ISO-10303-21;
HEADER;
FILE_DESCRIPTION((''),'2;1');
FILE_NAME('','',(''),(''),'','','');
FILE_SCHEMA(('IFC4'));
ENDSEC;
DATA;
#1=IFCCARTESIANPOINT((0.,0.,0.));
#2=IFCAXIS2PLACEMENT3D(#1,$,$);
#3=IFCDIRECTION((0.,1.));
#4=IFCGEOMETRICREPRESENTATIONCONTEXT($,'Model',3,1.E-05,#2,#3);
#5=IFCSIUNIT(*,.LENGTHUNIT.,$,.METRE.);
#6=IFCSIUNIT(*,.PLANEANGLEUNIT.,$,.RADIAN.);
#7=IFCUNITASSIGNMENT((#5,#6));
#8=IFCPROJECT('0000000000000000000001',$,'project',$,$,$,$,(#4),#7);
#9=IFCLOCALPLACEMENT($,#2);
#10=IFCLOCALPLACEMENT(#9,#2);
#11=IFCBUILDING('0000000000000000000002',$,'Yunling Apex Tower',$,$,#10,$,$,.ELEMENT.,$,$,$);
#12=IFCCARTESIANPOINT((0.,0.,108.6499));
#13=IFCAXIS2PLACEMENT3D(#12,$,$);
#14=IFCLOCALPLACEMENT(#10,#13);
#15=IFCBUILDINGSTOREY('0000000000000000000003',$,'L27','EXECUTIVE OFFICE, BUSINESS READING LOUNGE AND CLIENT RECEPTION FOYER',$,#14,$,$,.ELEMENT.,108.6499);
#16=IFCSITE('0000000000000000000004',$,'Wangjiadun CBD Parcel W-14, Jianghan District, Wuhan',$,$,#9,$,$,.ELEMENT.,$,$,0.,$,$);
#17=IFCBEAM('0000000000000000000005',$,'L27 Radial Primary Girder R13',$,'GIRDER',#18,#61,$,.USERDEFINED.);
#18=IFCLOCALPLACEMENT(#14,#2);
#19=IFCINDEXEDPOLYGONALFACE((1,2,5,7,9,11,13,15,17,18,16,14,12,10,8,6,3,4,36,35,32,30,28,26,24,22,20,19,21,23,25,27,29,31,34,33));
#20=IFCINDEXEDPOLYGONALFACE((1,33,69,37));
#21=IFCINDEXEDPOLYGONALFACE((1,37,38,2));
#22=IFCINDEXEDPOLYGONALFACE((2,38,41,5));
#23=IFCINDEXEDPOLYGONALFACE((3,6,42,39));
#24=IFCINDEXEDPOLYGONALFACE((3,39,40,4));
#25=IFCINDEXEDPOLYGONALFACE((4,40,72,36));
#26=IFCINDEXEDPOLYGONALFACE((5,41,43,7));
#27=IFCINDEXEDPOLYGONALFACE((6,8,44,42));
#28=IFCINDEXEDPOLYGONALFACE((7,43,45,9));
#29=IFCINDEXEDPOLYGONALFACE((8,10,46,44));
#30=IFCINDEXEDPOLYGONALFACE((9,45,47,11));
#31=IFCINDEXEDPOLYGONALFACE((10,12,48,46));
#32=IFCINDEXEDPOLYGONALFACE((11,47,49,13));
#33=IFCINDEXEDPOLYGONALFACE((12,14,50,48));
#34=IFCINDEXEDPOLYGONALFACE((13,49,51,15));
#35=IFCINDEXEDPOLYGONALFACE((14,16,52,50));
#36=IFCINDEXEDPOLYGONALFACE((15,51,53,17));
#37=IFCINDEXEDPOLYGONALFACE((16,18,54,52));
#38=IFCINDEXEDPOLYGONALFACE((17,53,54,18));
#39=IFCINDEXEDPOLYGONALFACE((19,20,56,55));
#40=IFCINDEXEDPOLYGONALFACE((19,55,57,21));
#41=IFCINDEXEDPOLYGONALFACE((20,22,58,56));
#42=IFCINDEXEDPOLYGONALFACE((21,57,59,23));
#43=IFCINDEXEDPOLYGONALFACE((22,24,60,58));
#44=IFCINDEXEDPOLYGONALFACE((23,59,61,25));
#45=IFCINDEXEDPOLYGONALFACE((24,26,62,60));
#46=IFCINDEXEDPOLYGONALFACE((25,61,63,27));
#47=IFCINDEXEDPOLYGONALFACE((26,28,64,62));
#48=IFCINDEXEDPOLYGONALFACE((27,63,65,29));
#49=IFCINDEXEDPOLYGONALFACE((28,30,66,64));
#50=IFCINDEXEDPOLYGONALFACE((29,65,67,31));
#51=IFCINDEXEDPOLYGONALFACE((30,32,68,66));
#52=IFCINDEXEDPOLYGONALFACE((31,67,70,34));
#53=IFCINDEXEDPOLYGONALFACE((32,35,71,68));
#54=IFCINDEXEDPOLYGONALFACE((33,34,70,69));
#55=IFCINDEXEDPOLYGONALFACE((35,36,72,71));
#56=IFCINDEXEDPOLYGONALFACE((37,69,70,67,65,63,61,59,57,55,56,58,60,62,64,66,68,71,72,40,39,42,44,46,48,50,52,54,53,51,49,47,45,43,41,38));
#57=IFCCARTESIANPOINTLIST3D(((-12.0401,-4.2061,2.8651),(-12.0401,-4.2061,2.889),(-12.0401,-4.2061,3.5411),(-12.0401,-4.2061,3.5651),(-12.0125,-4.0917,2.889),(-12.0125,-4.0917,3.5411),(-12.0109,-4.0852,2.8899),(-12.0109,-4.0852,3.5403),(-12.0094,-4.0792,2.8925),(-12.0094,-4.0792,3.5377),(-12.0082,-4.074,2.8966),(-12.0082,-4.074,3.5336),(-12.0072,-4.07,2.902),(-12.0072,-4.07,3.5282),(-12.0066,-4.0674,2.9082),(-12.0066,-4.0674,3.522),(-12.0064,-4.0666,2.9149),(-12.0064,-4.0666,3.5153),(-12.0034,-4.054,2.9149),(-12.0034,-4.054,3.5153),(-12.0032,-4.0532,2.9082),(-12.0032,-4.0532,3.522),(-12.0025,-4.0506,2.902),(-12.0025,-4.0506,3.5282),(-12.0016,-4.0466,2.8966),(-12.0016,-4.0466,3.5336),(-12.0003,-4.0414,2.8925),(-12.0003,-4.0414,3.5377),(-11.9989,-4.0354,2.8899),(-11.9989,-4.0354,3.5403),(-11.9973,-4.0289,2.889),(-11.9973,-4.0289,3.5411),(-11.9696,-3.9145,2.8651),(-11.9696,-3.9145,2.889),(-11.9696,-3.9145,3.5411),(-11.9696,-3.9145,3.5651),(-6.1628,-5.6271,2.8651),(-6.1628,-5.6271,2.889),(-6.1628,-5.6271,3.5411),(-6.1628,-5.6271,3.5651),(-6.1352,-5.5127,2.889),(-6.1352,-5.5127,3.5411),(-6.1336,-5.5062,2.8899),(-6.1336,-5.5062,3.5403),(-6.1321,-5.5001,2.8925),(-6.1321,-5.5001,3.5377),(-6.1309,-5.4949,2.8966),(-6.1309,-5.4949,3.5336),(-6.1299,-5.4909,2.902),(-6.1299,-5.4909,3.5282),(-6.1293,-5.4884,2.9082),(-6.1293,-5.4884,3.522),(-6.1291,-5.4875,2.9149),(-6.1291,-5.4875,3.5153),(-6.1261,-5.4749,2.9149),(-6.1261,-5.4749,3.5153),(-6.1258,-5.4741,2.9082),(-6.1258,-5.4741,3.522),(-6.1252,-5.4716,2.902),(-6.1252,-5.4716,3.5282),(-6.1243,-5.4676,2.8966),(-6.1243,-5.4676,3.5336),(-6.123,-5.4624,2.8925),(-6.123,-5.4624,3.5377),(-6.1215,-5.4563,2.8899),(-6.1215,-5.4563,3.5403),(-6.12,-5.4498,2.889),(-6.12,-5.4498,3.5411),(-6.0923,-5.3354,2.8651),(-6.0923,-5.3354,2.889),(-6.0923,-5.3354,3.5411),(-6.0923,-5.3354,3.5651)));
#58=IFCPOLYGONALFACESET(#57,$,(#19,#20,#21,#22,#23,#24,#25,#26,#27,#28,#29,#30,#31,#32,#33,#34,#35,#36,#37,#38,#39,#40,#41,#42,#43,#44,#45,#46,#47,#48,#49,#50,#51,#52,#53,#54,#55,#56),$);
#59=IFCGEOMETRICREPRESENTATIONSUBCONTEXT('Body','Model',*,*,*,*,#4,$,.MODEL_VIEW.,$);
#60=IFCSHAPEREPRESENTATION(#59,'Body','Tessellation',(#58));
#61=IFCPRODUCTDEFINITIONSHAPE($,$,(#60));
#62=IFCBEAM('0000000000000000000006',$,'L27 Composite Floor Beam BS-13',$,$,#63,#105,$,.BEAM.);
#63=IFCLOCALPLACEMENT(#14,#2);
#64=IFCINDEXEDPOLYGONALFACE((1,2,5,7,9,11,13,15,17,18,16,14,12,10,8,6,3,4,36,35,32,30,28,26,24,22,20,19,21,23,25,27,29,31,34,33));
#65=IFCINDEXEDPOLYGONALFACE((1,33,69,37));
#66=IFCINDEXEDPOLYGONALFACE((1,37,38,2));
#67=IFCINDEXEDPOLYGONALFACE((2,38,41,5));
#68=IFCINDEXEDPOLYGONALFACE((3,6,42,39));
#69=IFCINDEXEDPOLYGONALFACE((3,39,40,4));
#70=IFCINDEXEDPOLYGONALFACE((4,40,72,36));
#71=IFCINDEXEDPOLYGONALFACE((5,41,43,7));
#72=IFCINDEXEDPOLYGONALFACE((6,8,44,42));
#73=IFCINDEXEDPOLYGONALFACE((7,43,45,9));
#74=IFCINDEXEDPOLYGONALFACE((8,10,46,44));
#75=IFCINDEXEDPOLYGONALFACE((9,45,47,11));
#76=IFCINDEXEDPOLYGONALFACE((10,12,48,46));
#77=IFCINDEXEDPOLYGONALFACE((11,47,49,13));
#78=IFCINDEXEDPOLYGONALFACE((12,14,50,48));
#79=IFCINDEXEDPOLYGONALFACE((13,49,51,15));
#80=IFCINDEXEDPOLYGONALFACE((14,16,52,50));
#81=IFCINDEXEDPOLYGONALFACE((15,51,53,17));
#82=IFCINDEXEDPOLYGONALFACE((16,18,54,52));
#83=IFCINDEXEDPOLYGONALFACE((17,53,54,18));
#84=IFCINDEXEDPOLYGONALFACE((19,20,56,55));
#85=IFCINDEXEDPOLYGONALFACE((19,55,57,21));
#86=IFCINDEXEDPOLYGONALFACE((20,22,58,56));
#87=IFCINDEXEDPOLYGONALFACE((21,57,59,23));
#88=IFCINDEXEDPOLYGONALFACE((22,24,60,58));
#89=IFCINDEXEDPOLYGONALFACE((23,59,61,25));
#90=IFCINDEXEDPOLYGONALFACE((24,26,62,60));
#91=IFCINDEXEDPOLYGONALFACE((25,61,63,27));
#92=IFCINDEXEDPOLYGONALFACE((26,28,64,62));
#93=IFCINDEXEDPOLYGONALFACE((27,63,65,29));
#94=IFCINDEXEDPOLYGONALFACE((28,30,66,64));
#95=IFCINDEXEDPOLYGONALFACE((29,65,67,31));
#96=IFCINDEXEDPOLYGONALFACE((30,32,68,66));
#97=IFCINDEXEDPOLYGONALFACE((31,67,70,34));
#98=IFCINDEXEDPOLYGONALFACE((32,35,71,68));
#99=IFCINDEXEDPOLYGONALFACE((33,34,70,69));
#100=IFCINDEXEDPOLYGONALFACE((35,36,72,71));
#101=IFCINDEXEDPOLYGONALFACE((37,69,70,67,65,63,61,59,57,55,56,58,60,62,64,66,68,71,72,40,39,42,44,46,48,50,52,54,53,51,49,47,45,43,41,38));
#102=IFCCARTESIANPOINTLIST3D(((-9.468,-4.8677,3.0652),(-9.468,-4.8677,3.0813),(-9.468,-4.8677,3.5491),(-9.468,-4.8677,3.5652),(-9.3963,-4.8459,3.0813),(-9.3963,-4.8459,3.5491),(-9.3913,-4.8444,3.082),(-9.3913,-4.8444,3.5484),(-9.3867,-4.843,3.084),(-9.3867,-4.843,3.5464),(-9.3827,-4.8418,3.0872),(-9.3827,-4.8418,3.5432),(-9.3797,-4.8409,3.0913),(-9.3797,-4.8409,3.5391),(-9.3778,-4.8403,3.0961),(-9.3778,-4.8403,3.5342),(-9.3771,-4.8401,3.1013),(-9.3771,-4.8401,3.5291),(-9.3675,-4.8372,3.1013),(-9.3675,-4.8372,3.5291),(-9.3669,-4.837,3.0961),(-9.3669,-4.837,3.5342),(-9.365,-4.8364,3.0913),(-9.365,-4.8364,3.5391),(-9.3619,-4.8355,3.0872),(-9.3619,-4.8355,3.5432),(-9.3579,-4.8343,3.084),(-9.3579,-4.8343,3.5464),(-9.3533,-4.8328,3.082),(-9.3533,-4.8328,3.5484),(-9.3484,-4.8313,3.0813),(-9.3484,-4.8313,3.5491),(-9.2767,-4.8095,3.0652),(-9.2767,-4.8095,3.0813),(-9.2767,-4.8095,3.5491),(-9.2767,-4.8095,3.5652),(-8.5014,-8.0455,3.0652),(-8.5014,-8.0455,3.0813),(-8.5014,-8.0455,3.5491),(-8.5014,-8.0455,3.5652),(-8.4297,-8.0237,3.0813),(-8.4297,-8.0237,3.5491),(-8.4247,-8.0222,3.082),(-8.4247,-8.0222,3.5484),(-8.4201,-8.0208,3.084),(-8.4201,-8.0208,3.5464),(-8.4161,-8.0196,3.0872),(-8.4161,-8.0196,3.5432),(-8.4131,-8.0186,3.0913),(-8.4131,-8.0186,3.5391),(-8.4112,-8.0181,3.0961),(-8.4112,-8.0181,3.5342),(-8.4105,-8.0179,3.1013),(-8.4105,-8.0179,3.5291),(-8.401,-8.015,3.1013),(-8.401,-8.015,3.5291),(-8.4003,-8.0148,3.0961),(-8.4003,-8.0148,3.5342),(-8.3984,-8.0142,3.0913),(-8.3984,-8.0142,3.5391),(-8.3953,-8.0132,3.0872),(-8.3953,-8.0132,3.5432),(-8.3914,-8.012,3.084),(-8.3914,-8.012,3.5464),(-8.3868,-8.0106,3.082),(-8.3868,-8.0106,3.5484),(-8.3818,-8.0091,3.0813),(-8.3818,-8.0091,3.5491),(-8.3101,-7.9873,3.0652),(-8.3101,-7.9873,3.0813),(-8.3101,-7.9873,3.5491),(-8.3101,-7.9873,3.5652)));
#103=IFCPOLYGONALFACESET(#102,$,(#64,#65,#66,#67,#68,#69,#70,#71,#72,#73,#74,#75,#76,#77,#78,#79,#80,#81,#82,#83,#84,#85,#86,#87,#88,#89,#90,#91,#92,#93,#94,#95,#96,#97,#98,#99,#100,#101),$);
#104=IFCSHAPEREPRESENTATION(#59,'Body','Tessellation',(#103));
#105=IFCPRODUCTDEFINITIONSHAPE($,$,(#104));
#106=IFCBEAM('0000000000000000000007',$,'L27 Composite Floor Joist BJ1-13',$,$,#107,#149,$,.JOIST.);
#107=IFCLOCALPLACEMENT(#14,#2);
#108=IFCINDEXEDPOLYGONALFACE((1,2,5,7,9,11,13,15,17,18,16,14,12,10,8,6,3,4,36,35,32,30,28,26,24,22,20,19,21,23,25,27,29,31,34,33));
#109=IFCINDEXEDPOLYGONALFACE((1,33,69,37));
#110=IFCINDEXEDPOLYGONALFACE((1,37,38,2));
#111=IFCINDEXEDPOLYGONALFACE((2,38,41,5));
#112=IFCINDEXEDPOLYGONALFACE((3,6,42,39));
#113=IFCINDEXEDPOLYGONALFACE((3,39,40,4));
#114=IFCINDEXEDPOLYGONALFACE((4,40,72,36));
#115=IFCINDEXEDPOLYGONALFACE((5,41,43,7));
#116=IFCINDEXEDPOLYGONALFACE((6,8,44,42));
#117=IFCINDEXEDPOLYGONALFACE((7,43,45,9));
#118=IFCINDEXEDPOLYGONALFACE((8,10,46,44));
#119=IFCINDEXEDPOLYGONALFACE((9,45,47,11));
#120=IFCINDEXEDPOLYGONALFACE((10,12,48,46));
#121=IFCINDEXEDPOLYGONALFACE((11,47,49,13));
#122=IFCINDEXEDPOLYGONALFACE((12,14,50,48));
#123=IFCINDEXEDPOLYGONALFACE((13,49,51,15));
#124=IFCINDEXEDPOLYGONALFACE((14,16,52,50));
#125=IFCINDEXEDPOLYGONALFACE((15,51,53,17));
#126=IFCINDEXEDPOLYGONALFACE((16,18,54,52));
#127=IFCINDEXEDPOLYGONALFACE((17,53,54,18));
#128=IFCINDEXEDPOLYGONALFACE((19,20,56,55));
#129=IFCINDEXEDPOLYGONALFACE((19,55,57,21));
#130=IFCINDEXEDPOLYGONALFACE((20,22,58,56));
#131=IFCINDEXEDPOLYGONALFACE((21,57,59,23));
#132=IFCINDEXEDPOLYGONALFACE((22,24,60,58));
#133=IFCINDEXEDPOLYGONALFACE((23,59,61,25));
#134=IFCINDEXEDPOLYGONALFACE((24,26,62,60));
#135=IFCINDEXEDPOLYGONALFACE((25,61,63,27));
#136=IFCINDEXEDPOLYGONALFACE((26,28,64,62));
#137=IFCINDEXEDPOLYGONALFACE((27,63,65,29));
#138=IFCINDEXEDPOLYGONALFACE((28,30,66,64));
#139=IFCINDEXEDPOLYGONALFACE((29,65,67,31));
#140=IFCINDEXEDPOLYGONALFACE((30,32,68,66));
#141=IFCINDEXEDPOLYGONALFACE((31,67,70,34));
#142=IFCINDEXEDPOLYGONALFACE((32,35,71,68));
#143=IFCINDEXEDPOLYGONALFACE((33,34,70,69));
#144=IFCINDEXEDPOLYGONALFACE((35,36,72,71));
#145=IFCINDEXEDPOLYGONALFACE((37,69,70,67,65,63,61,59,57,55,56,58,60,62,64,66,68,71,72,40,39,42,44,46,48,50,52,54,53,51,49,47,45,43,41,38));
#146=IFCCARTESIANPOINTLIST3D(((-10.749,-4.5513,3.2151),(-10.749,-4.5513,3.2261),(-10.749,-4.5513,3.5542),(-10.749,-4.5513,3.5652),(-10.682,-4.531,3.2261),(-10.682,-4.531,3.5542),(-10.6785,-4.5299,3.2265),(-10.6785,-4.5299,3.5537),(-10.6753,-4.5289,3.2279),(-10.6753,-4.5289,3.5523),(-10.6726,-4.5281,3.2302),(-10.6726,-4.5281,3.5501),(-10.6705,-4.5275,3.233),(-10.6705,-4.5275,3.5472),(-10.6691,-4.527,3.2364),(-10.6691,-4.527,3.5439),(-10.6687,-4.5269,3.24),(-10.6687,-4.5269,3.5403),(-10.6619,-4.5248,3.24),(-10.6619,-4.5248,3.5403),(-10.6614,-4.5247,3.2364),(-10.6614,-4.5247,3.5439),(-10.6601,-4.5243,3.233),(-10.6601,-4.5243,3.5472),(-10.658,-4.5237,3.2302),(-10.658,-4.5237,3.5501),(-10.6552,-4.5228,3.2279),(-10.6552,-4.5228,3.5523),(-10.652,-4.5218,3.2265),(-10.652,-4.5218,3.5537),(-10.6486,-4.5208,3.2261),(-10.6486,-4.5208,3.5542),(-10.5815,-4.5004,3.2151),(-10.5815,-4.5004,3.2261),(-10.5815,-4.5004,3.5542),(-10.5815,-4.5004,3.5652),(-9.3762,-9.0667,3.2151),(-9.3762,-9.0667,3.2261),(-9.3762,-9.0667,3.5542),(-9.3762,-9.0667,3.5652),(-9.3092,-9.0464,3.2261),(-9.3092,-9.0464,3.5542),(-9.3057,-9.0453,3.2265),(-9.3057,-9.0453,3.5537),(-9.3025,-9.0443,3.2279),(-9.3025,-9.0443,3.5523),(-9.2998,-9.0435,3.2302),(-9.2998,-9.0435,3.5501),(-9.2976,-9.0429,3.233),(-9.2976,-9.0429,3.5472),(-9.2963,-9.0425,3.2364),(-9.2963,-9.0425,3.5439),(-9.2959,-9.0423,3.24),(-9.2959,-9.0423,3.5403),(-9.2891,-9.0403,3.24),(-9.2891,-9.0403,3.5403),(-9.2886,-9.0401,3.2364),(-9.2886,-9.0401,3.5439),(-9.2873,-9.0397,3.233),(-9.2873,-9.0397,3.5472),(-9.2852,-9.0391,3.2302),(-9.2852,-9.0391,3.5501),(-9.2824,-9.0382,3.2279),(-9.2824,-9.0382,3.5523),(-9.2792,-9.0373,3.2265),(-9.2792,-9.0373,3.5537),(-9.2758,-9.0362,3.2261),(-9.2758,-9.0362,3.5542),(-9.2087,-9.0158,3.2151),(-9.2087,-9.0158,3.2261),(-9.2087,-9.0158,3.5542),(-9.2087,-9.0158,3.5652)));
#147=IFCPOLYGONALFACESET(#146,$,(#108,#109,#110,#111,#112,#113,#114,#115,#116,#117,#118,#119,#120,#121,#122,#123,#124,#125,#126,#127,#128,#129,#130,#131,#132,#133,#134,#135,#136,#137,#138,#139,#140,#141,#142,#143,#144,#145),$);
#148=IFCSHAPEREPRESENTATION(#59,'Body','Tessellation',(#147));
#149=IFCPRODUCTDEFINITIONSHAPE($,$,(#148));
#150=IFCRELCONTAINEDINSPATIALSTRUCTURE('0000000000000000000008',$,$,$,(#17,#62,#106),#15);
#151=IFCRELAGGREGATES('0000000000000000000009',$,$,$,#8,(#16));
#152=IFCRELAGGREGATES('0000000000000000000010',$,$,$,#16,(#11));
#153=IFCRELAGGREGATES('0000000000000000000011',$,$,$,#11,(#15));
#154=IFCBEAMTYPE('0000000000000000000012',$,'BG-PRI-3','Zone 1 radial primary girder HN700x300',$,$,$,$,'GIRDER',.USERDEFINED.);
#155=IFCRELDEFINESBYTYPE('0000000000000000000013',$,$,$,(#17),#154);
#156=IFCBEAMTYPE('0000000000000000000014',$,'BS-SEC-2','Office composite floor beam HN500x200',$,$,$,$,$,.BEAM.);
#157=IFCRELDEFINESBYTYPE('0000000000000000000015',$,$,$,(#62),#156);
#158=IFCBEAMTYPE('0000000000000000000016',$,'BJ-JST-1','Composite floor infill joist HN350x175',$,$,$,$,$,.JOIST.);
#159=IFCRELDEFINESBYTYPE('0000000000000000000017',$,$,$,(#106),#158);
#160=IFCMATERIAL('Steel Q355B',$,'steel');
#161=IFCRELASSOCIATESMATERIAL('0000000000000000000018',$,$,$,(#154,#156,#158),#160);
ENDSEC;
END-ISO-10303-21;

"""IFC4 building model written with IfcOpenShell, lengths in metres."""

from ifc_helpers import new_model, si_unit, direction, frame, origin, origin_2d, place, context, subcontext, project, spatial, i_section, extrude, source, transform, mapped, material, material_profile, profile_set, type_object, element, save


model = new_model("IFC4")

# Units and contexts
model_context = context("Model", 3, precision=1e-05, world=origin(), true_north=direction((0.0, 1.0)))
body_context = subcontext(model_context, "Body", "Model", "MODEL_VIEW")
ifc_project = project(units=[si_unit("LENGTHUNIT", "METRE"), si_unit("PLANEANGLEUNIT", "RADIAN")], contexts=[model_context])

# Site, building, storey
site_placement = place(None, origin())
site = spatial("IfcSite", under=ifc_project, at=site_placement, Name="Wangjiadun CBD Parcel W-14, Jianghan District, Wuhan", CompositionType="ELEMENT", RefElevation=0.0)
building_placement = place(site_placement, origin())
building = spatial("IfcBuilding", under=site, at=building_placement, Name="Yunling Apex Tower", CompositionType="ELEMENT")
storey_placement = place(building_placement, frame((0.0, 0.0, 108.6499)))
storey = spatial("IfcBuildingStorey", under=building, at=storey_placement, Name="L27", Description="EXECUTIVE OFFICE, BUSINESS READING LOUNGE AND CLIENT RECEPTION FOYER", CompositionType="ELEMENT", Elevation=108.6499)

# Beams
ifc_material_1 = material(Name="Steel Q355B", Category="steel")
ifc_material_profile_1 = material_profile(ifc_material_1, i_section(OverallWidth=0.3, OverallDepth=0.7, WebThickness=0.0129, FlangeThickness=0.0239, FilletRadius=0.0259, at=origin_2d()))
ifc_profile_set_1 = profile_set([ifc_material_profile_1], Name="Steel Q355B")
beam_type_1 = type_object("IfcBeamType", Name="BG-PRI-3", Description="Zone 1 radial primary girder HN700x300", ElementType="GIRDER", PredefinedType="USERDEFINED", material=ifc_profile_set_1)
shared_shape_1 = source(origin(), body_context, "Body", "SweptSolid", [
    extrude(i_section(OverallWidth=0.3, OverallDepth=0.7, WebThickness=0.0129, FlangeThickness=0.0239, FilletRadius=0.0259, at=origin_2d()), origin(), (0.0, 0.0, 1.0), 6.0466),
])
beam_1_placement = place(storey_placement, frame((-12.0049, -4.0603, 3.2151), z_axis=(0.971997, -0.234994, 0.0), x_axis=(0.234994, 0.971997, 0.0)))
element("IfcBeam", 1, at=beam_1_placement, inside=storey, type_object=beam_type_1, Name="L27 Radial Primary Girder R13", ObjectType="GIRDER", PredefinedType="USERDEFINED", context=body_context, shape_type="MappedRepresentation", body=[
    mapped(shared_shape_1, transform((0.0, 0.0, 0.0), scale=1.0)),
])
ifc_material_profile_2 = material_profile(ifc_material_1, i_section(OverallWidth=0.2, OverallDepth=0.5, WebThickness=0.01, FlangeThickness=0.0161, FilletRadius=0.02, at=origin_2d()))
ifc_profile_set_2 = profile_set([ifc_material_profile_2], Name="Steel Q355B")
beam_type_2 = type_object("IfcBeamType", Name="BS-SEC-2", Description="Office composite floor beam HN500x200", PredefinedType="BEAM", material=ifc_profile_set_2)
shared_shape_2 = source(origin(), body_context, "Body", "SweptSolid", [
    extrude(i_section(OverallWidth=0.2, OverallDepth=0.5, WebThickness=0.01, FlangeThickness=0.0161, FilletRadius=0.02, at=origin_2d()), origin(), (0.0, 0.0, 1.0), 3.3215),
])
beam_2_placement = place(storey_placement, frame((-9.3723, -4.8386, 3.3152), z_axis=(0.291001, -0.956723, 0.0), x_axis=(0.956723, 0.291001, 0.0)))
element("IfcBeam", 2, at=beam_2_placement, inside=storey, type_object=beam_type_2, Name="L27 Composite Floor Beam BS-13", PredefinedType="BEAM", context=body_context, shape_type="MappedRepresentation", body=[
    mapped(shared_shape_2, transform((0.0, 0.0, 0.0), scale=1.0)),
])
ifc_material_profile_3 = material_profile(ifc_material_1, i_section(OverallWidth=0.175, OverallDepth=0.3501, WebThickness=0.0071, FlangeThickness=0.011, FilletRadius=0.0139, at=origin_2d()))
ifc_profile_set_3 = profile_set([ifc_material_profile_3], Name="Steel Q355B")
beam_type_3 = type_object("IfcBeamType", Name="BJ-JST-1", Description="Composite floor infill joist HN350x175", PredefinedType="JOIST", material=ifc_profile_set_3)
shared_shape_3 = source(origin(), body_context, "Body", "SweptSolid", [
    extrude(i_section(OverallWidth=0.175, OverallDepth=0.3501, WebThickness=0.0071, FlangeThickness=0.011, FilletRadius=0.0139, at=origin_2d()), origin(), (0.0, 0.0, 1.0), 4.7195),
])
beam_3_placement = place(storey_placement, frame((-10.6653, -4.5259, 3.3901), z_axis=(0.290882, -0.956759, 0.0), x_axis=(0.956759, 0.290882, 0.0)))
element("IfcBeam", 3, at=beam_3_placement, inside=storey, type_object=beam_type_3, Name="L27 Composite Floor Joist BJ1-13", PredefinedType="JOIST", context=body_context, shape_type="MappedRepresentation", body=[
    mapped(shared_shape_3, transform((0.0, 0.0, 0.0), scale=1.0)),
])

save(model, "model.ifc")
